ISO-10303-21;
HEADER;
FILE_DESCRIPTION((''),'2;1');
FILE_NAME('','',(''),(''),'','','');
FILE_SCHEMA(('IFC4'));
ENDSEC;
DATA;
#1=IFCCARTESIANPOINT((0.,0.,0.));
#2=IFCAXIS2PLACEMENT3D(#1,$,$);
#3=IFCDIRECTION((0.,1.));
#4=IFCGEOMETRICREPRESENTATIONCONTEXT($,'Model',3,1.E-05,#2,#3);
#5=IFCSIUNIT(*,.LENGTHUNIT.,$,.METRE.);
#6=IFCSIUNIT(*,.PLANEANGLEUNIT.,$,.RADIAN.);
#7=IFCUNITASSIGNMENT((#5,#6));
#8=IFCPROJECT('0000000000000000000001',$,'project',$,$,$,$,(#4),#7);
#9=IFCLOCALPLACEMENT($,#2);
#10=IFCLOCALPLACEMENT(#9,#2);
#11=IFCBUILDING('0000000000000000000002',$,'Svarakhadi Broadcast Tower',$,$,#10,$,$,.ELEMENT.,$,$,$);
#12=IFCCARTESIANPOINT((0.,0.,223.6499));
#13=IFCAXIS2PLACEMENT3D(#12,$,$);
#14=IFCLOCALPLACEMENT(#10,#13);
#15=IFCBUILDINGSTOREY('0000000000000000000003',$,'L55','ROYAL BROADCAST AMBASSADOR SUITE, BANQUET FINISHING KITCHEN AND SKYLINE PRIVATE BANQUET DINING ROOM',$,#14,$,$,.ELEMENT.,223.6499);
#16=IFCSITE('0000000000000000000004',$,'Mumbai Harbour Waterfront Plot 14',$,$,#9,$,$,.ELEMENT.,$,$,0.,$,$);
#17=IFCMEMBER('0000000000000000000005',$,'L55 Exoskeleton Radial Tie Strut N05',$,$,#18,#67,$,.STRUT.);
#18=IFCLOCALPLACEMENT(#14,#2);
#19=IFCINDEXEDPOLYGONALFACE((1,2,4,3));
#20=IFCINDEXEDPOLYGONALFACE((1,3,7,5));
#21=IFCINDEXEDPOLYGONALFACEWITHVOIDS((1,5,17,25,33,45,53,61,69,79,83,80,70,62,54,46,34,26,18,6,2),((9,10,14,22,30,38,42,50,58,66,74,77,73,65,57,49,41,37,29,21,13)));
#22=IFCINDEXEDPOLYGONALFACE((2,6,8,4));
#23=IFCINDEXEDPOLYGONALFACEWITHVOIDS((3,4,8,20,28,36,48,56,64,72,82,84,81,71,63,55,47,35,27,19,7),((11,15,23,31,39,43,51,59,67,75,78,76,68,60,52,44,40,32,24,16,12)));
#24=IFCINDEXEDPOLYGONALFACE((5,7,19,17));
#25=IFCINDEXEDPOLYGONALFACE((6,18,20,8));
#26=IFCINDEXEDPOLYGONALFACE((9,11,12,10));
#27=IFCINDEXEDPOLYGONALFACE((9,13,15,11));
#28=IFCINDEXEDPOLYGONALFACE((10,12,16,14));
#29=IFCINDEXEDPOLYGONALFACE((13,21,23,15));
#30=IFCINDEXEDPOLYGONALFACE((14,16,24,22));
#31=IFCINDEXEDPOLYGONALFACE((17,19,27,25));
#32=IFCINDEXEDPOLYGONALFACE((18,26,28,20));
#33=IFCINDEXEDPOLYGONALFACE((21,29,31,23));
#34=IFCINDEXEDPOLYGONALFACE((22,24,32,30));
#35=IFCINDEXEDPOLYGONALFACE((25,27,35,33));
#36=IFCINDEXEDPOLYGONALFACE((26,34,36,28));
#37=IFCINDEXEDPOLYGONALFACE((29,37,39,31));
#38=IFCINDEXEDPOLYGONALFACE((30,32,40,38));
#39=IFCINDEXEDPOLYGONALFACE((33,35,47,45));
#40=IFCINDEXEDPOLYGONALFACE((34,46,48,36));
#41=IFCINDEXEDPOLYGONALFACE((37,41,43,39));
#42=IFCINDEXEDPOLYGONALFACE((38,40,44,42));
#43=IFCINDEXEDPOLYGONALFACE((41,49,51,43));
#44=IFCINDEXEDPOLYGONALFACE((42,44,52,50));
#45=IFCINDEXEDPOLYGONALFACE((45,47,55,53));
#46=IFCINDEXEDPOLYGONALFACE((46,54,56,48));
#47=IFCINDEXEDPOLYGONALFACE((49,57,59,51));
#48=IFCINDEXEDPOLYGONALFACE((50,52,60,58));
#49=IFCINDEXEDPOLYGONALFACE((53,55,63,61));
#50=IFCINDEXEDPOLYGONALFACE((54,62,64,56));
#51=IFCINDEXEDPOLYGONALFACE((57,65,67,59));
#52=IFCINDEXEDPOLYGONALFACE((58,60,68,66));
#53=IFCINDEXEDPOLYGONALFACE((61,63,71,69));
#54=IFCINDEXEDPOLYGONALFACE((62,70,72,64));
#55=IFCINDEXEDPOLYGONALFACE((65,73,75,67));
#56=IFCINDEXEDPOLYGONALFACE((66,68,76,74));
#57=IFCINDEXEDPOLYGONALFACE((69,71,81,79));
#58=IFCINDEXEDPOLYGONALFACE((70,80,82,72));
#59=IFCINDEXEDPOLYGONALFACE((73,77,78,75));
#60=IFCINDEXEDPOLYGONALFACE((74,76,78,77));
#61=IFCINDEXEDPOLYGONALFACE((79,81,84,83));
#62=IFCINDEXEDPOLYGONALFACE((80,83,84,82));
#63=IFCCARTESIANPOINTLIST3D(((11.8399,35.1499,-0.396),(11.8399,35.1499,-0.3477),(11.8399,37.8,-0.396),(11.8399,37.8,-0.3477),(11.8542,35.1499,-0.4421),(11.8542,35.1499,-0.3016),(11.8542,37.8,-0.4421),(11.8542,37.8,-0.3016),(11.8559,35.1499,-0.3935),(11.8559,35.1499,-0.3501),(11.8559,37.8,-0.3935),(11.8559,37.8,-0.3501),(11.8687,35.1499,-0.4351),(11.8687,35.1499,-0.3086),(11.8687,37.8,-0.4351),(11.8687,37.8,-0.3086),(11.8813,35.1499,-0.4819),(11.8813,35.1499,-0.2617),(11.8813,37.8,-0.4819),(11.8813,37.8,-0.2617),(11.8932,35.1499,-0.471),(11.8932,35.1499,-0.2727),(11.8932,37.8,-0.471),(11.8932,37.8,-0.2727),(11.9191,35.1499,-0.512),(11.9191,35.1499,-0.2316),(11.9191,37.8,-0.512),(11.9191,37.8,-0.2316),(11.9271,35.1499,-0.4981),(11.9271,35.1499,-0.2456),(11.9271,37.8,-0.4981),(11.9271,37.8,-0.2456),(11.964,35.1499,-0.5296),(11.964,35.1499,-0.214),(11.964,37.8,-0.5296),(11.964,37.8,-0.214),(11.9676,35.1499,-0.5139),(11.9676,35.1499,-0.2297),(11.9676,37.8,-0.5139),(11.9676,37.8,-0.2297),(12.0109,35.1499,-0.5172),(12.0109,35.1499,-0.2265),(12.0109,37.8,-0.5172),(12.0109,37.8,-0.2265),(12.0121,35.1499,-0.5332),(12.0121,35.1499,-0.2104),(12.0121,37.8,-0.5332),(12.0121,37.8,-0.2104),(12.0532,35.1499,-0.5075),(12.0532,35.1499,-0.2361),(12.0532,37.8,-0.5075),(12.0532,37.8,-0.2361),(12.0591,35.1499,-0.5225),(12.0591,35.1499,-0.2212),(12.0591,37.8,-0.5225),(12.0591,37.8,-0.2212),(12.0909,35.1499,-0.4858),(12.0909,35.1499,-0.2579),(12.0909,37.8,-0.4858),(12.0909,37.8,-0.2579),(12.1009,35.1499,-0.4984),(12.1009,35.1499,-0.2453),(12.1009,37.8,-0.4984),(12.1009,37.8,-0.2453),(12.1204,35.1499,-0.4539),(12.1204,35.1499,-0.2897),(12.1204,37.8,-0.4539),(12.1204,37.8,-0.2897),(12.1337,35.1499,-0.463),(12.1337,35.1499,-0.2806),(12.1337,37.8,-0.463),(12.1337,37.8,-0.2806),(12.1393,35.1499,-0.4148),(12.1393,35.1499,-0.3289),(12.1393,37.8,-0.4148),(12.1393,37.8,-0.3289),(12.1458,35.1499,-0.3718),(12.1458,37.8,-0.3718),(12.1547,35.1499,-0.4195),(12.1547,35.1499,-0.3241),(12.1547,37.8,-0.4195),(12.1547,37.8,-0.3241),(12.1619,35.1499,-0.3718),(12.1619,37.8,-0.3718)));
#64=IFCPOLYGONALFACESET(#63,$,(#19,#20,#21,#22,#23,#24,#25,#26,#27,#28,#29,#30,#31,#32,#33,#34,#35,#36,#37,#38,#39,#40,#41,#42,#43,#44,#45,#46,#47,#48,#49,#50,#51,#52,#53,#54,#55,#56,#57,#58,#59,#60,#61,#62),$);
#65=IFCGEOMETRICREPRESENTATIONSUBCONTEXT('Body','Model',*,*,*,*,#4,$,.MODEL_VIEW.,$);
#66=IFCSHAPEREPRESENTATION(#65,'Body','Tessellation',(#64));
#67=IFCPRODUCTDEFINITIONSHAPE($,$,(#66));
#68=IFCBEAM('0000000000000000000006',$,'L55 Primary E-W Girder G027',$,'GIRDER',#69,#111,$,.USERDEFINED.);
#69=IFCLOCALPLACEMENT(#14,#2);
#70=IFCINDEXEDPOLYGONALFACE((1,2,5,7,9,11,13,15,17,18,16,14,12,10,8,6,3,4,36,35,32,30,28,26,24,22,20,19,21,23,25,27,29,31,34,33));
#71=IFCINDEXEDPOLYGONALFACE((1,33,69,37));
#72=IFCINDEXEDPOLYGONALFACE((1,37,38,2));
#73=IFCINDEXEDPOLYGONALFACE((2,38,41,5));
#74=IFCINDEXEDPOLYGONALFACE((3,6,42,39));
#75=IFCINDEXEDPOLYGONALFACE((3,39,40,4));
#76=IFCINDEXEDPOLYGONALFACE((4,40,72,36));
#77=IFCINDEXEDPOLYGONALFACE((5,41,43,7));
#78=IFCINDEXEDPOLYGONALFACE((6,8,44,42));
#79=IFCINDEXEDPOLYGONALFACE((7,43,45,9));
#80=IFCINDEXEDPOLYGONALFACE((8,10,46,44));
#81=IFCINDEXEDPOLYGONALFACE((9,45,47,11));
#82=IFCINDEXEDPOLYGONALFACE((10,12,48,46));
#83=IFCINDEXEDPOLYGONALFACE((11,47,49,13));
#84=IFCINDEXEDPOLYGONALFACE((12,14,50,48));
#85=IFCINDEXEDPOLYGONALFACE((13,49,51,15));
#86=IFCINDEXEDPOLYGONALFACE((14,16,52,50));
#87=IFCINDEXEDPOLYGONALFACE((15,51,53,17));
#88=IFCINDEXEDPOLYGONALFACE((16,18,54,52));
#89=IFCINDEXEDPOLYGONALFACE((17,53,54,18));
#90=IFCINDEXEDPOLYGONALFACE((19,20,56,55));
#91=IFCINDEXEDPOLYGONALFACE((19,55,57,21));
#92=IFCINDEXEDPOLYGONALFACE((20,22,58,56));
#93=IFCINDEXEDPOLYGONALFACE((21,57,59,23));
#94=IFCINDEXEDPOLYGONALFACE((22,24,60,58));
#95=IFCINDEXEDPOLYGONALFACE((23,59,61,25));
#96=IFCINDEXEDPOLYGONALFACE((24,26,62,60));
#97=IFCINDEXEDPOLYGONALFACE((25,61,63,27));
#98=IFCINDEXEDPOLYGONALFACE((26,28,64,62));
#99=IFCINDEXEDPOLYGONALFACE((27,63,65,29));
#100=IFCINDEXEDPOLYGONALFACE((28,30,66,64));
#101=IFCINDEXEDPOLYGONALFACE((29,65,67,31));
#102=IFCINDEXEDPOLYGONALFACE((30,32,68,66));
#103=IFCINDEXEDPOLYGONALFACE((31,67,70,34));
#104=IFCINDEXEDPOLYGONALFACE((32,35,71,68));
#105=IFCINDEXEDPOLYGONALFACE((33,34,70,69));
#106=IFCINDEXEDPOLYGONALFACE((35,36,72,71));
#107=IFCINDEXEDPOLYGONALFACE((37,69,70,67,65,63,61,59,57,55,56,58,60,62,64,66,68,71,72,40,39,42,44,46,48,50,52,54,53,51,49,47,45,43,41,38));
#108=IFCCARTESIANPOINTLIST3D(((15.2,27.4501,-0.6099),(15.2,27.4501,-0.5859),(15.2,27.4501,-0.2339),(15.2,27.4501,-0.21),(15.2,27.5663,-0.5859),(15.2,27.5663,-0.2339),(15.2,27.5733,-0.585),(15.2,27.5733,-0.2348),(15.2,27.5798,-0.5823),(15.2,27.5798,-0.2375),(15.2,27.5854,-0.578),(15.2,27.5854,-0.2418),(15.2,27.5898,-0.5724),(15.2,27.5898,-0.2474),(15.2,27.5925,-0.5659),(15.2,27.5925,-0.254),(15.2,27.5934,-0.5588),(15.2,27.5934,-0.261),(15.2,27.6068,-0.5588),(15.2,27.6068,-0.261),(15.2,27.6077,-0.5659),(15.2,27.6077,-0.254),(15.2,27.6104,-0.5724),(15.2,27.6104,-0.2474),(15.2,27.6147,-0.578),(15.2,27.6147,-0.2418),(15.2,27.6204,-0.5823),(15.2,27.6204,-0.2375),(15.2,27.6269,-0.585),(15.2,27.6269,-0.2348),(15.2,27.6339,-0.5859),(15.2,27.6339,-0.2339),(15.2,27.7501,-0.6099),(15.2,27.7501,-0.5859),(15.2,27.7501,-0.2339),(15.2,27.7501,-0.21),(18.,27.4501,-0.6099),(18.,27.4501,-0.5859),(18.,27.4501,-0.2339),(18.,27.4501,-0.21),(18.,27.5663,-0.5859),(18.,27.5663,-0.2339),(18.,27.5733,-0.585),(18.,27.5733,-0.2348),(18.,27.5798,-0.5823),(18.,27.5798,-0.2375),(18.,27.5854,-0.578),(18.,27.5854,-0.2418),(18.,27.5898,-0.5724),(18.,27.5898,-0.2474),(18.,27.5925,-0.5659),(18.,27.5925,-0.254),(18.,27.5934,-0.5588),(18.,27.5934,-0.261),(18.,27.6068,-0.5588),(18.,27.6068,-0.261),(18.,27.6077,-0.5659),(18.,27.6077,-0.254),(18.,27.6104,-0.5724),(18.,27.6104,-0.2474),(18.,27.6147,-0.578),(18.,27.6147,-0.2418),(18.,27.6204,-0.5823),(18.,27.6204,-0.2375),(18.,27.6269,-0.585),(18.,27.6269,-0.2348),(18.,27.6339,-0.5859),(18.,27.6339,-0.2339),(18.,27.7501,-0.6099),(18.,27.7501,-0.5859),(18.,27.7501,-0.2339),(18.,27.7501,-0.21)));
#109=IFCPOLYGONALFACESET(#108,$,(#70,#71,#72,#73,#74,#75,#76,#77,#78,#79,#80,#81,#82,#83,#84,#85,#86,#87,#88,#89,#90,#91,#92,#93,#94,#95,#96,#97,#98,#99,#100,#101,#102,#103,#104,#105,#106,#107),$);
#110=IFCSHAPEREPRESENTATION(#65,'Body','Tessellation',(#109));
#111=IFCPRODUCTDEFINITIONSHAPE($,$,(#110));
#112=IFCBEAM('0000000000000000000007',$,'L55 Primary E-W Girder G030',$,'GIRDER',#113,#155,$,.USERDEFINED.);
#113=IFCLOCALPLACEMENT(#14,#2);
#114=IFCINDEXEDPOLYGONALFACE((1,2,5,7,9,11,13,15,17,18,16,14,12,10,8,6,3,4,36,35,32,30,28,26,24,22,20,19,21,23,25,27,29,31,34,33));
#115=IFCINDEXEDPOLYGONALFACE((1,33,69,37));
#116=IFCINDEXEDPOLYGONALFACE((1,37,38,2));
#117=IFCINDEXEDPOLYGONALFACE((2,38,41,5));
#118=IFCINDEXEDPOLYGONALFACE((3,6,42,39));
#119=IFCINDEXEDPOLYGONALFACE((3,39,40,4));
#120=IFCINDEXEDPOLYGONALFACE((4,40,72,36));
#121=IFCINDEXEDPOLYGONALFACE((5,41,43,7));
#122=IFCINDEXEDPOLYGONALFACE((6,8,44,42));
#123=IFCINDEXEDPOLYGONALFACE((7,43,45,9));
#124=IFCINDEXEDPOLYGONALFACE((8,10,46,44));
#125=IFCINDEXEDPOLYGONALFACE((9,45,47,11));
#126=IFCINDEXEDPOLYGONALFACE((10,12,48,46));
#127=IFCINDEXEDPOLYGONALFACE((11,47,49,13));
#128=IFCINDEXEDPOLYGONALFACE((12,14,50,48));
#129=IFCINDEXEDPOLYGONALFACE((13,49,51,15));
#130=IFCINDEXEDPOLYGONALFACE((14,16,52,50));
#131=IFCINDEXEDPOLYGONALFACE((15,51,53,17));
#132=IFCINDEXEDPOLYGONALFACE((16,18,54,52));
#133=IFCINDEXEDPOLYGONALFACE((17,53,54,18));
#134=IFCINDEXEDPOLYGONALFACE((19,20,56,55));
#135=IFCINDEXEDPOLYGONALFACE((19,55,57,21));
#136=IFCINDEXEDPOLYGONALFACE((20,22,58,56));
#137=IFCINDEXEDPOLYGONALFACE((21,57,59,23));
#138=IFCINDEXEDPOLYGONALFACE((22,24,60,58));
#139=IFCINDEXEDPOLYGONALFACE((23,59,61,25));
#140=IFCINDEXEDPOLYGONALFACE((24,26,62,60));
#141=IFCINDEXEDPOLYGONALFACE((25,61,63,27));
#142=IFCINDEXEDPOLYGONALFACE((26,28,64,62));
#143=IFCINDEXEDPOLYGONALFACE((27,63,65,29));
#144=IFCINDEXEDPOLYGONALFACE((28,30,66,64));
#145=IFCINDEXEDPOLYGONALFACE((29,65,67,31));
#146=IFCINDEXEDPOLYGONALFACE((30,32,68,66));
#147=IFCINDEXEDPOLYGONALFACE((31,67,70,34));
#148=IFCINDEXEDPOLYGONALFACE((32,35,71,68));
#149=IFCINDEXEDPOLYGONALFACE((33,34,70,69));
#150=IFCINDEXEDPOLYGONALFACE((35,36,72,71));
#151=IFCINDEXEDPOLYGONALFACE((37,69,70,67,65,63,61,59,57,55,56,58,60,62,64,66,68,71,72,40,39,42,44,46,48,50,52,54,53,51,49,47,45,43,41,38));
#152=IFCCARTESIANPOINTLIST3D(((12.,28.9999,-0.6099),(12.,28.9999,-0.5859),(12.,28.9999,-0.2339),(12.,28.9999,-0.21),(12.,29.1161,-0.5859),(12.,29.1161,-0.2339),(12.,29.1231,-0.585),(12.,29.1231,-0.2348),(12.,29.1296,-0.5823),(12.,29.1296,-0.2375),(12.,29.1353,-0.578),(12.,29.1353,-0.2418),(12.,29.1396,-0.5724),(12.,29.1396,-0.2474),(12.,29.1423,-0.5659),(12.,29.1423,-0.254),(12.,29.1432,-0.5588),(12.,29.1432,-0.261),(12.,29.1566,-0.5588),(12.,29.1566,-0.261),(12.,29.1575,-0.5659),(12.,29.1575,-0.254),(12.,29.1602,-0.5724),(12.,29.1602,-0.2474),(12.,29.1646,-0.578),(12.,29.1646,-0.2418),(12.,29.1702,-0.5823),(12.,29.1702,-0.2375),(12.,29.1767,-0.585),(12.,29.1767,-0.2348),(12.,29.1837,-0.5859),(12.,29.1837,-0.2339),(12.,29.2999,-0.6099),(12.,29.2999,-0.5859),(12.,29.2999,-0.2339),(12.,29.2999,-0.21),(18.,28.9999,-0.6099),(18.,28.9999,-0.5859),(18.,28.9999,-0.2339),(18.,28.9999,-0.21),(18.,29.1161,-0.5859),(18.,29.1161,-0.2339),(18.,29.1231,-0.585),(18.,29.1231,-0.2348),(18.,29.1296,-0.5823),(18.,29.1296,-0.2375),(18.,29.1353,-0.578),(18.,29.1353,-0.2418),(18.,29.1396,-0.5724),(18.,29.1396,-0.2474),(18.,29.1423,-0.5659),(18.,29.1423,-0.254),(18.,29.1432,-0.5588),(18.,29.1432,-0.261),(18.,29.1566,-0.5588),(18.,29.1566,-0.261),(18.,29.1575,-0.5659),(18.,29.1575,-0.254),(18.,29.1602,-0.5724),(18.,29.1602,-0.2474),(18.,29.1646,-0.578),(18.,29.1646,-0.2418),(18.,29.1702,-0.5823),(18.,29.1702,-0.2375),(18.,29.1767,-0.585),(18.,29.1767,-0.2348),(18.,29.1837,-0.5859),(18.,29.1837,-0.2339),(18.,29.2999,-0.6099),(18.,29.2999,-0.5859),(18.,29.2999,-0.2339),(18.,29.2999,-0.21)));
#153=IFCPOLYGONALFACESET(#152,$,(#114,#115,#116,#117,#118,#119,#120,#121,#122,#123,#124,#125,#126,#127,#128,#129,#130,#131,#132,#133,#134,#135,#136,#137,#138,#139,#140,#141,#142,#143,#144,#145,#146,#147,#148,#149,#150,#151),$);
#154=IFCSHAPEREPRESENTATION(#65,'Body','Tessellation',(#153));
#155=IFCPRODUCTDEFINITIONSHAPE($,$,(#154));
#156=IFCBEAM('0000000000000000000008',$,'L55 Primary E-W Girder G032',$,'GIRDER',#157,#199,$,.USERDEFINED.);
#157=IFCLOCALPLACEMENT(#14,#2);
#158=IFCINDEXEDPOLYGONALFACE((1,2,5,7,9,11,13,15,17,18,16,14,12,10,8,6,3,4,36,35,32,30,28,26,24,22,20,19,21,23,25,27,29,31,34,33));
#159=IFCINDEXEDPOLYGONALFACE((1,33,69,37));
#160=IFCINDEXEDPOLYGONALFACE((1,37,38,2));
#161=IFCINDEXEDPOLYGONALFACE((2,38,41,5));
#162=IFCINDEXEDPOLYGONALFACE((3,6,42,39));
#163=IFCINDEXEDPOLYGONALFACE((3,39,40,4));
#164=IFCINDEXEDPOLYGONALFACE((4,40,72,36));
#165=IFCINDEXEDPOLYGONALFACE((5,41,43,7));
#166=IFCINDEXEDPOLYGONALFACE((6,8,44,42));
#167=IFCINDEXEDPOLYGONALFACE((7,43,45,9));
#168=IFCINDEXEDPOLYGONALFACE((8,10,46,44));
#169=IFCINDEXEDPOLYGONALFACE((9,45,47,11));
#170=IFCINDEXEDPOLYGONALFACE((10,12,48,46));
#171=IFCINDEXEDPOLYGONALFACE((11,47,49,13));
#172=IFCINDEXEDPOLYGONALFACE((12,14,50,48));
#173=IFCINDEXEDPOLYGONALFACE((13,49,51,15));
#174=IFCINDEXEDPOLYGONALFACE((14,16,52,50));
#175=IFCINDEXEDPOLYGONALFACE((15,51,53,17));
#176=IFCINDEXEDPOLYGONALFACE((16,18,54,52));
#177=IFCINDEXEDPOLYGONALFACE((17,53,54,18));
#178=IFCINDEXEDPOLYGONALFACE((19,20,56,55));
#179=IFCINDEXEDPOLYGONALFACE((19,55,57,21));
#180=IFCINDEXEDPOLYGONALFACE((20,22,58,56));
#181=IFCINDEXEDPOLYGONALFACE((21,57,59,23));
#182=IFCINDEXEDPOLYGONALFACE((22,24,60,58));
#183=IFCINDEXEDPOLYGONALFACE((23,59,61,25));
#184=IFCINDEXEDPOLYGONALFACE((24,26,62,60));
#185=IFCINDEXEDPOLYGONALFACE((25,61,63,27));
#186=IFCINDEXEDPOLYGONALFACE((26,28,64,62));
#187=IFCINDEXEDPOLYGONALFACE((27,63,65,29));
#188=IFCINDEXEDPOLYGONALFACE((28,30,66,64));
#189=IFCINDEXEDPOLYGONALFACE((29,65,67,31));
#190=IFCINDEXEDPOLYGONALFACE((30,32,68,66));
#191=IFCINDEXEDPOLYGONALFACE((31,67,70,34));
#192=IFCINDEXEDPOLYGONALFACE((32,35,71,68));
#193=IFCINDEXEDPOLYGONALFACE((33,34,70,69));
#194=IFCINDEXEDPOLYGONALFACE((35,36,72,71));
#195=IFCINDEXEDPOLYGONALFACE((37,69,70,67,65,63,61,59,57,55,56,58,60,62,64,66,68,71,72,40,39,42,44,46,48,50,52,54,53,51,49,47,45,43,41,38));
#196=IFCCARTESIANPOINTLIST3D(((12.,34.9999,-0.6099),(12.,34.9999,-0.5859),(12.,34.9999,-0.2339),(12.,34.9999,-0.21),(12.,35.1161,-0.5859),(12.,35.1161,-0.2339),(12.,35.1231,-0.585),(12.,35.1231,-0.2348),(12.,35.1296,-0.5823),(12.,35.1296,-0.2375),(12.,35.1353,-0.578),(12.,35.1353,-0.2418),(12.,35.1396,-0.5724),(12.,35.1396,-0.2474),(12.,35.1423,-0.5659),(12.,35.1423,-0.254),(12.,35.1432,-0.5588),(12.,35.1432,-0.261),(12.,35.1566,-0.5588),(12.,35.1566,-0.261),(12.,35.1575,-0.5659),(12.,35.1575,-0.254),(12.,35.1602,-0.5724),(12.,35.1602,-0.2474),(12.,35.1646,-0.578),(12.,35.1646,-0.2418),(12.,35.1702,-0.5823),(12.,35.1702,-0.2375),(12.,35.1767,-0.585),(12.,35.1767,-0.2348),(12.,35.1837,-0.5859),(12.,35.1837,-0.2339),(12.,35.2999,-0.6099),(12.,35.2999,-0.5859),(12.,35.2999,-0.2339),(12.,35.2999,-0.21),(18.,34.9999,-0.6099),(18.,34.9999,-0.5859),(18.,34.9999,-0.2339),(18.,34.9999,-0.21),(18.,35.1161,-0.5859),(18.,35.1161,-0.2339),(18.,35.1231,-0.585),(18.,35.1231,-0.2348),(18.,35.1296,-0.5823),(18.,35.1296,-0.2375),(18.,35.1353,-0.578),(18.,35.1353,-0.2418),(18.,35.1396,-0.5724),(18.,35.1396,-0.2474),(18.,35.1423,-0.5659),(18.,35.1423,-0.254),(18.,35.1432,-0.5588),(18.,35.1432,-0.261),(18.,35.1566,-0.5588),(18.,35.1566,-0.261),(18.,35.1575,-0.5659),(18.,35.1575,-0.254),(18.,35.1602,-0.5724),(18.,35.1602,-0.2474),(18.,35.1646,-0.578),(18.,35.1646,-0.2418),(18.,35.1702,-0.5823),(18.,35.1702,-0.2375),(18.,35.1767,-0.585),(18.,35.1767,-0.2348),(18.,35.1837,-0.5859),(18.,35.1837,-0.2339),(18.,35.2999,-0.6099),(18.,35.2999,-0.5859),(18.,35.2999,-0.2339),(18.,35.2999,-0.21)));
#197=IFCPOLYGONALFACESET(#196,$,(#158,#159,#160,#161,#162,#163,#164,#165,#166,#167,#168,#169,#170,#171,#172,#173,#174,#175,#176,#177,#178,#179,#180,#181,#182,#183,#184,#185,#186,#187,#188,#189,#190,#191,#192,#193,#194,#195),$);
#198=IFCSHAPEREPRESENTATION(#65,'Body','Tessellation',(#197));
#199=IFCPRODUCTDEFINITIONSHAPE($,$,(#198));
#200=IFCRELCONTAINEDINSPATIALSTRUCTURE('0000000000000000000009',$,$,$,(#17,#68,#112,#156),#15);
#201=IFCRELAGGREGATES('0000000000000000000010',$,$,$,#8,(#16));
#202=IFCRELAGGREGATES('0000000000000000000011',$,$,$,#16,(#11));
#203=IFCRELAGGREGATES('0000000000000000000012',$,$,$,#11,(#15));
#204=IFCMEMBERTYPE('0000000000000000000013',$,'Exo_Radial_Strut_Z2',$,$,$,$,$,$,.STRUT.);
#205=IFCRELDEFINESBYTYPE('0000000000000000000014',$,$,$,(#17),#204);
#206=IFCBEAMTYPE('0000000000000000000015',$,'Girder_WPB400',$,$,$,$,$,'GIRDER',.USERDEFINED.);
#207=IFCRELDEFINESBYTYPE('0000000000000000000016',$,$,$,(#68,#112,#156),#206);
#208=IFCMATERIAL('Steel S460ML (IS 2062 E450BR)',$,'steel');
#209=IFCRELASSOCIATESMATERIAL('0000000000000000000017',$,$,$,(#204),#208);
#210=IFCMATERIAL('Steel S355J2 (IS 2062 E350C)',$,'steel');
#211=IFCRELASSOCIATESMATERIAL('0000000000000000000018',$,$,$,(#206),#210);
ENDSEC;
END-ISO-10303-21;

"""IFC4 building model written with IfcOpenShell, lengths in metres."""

from ifc_helpers import new_model, si_unit, direction, frame, origin, origin_2d, place, context, subcontext, project, spatial, hollow_circle, i_section, extrude, material, material_profile, profile_set, type_object, element, save


model = new_model("IFC4")

# Units and contexts
model_context = context("Model", 3, precision=1e-05, world=origin(), true_north=direction((0.0, 1.0)))
body_context = subcontext(model_context, "Body", "Model", "MODEL_VIEW")
ifc_project = project(units=[si_unit("LENGTHUNIT", "METRE"), si_unit("PLANEANGLEUNIT", "RADIAN")], contexts=[model_context])

# Site, building, storey
site_placement = place(None, origin())
site = spatial("IfcSite", under=ifc_project, at=site_placement, Name="Mumbai Harbour Waterfront Plot 14", CompositionType="ELEMENT", RefElevation=0.0)
building_placement = place(site_placement, origin())
building = spatial("IfcBuilding", under=site, at=building_placement, Name="Svarakhadi Broadcast Tower", CompositionType="ELEMENT")
storey_placement = place(building_placement, frame((0.0, 0.0, 223.6499)))
storey = spatial("IfcBuildingStorey", under=building, at=storey_placement, Name="L55", Description="ROYAL BROADCAST AMBASSADOR SUITE, BANQUET FINISHING KITCHEN AND SKYLINE PRIVATE BANQUET DINING ROOM", CompositionType="ELEMENT", Elevation=223.6499)

# Shared definitions
ifc_material_1 = material(Name="Steel S460ML (IS 2062 E450BR)", Category="steel")

# Shared definitions
ifc_material_2 = material(Name="Steel S355J2 (IS 2062 E350C)", Category="steel")

# Member
ifc_material_profile_1 = material_profile(ifc_material_1, hollow_circle(Radius=0.1619, WallThickness=0.0161, at=origin_2d()), Name="CHS 323.9x16")
ifc_profile_set_1 = profile_set([ifc_material_profile_1], Name="Steel S460ML (IS 2062 E450BR)")
member_type_1 = type_object("IfcMemberType", Name="Exo_Radial_Strut_Z2", PredefinedType="STRUT", material=ifc_profile_set_1)
member_1_placement = place(storey_placement, frame((12.0, 37.8, -0.3718), z_axis=(0.0, -1.0, 0.0), x_axis=(1.0, 0.0, 0.0)))
element("IfcMember", 1, at=member_1_placement, inside=storey, type_object=member_type_1, Name="L55 Exoskeleton Radial Tie Strut N05", PredefinedType="STRUT", context=body_context, shape_type="SweptSolid", body=[
    extrude(hollow_circle(Radius=0.1619, WallThickness=0.0161, at=origin_2d()), origin(), (0.0, 0.0, 1.0), 2.6501),
])

# Beams
ifc_material_profile_2 = material_profile(ifc_material_2, i_section(OverallWidth=0.3, OverallDepth=0.3999, WebThickness=0.0134, FlangeThickness=0.0239, FilletRadius=0.0271, at=origin_2d()), Name="WPB 400x300x155")
ifc_profile_set_2 = profile_set([ifc_material_profile_2], Name="Steel S355J2 (IS 2062 E350C)")
beam_type_1 = type_object("IfcBeamType", Name="Girder_WPB400", ElementType="GIRDER", PredefinedType="USERDEFINED", material=ifc_profile_set_2)
beam_1_placement = place(storey_placement, frame((15.2, 27.6001, -0.4099), z_axis=(1.0, 0.0, 0.0), x_axis=(0.0, 1.0, 0.0)))
element("IfcBeam", 2, at=beam_1_placement, inside=storey, type_object=beam_type_1, Name="L55 Primary E-W Girder G027", ObjectType="GIRDER", PredefinedType="USERDEFINED", context=body_context, shape_type="SweptSolid", body=[
    extrude(i_section(OverallWidth=0.3, OverallDepth=0.3999, WebThickness=0.0134, FlangeThickness=0.0239, FilletRadius=0.0271, at=origin_2d()), origin(), (0.0, 0.0, 1.0), 2.8),
])
for number, where, z_axis, x_axis, name in (
    (3, (12.0, 29.1499, -0.4099), (1.0, 0.0, 0.0), (0.0, 1.0, 0.0), "L55 Primary E-W Girder G030"),
    (4, (12.0, 35.1499, -0.4099), (1.0, 0.0, 0.0), (0.0, 1.0, 0.0), "L55 Primary E-W Girder G032"),
):
    element("IfcBeam", number, at=place(storey_placement, frame(where, z_axis=z_axis, x_axis=x_axis)), inside=storey, type_object=beam_type_1, Name=name, ObjectType="GIRDER", PredefinedType="USERDEFINED", context=body_context, shape_type="SweptSolid", body=[
        extrude(i_section(OverallWidth=0.3, OverallDepth=0.3999, WebThickness=0.0134, FlangeThickness=0.0239, FilletRadius=0.0271, at=origin_2d()), origin(), (0.0, 0.0, 1.0), 6.0),
    ])

save(model, "model.ifc")
